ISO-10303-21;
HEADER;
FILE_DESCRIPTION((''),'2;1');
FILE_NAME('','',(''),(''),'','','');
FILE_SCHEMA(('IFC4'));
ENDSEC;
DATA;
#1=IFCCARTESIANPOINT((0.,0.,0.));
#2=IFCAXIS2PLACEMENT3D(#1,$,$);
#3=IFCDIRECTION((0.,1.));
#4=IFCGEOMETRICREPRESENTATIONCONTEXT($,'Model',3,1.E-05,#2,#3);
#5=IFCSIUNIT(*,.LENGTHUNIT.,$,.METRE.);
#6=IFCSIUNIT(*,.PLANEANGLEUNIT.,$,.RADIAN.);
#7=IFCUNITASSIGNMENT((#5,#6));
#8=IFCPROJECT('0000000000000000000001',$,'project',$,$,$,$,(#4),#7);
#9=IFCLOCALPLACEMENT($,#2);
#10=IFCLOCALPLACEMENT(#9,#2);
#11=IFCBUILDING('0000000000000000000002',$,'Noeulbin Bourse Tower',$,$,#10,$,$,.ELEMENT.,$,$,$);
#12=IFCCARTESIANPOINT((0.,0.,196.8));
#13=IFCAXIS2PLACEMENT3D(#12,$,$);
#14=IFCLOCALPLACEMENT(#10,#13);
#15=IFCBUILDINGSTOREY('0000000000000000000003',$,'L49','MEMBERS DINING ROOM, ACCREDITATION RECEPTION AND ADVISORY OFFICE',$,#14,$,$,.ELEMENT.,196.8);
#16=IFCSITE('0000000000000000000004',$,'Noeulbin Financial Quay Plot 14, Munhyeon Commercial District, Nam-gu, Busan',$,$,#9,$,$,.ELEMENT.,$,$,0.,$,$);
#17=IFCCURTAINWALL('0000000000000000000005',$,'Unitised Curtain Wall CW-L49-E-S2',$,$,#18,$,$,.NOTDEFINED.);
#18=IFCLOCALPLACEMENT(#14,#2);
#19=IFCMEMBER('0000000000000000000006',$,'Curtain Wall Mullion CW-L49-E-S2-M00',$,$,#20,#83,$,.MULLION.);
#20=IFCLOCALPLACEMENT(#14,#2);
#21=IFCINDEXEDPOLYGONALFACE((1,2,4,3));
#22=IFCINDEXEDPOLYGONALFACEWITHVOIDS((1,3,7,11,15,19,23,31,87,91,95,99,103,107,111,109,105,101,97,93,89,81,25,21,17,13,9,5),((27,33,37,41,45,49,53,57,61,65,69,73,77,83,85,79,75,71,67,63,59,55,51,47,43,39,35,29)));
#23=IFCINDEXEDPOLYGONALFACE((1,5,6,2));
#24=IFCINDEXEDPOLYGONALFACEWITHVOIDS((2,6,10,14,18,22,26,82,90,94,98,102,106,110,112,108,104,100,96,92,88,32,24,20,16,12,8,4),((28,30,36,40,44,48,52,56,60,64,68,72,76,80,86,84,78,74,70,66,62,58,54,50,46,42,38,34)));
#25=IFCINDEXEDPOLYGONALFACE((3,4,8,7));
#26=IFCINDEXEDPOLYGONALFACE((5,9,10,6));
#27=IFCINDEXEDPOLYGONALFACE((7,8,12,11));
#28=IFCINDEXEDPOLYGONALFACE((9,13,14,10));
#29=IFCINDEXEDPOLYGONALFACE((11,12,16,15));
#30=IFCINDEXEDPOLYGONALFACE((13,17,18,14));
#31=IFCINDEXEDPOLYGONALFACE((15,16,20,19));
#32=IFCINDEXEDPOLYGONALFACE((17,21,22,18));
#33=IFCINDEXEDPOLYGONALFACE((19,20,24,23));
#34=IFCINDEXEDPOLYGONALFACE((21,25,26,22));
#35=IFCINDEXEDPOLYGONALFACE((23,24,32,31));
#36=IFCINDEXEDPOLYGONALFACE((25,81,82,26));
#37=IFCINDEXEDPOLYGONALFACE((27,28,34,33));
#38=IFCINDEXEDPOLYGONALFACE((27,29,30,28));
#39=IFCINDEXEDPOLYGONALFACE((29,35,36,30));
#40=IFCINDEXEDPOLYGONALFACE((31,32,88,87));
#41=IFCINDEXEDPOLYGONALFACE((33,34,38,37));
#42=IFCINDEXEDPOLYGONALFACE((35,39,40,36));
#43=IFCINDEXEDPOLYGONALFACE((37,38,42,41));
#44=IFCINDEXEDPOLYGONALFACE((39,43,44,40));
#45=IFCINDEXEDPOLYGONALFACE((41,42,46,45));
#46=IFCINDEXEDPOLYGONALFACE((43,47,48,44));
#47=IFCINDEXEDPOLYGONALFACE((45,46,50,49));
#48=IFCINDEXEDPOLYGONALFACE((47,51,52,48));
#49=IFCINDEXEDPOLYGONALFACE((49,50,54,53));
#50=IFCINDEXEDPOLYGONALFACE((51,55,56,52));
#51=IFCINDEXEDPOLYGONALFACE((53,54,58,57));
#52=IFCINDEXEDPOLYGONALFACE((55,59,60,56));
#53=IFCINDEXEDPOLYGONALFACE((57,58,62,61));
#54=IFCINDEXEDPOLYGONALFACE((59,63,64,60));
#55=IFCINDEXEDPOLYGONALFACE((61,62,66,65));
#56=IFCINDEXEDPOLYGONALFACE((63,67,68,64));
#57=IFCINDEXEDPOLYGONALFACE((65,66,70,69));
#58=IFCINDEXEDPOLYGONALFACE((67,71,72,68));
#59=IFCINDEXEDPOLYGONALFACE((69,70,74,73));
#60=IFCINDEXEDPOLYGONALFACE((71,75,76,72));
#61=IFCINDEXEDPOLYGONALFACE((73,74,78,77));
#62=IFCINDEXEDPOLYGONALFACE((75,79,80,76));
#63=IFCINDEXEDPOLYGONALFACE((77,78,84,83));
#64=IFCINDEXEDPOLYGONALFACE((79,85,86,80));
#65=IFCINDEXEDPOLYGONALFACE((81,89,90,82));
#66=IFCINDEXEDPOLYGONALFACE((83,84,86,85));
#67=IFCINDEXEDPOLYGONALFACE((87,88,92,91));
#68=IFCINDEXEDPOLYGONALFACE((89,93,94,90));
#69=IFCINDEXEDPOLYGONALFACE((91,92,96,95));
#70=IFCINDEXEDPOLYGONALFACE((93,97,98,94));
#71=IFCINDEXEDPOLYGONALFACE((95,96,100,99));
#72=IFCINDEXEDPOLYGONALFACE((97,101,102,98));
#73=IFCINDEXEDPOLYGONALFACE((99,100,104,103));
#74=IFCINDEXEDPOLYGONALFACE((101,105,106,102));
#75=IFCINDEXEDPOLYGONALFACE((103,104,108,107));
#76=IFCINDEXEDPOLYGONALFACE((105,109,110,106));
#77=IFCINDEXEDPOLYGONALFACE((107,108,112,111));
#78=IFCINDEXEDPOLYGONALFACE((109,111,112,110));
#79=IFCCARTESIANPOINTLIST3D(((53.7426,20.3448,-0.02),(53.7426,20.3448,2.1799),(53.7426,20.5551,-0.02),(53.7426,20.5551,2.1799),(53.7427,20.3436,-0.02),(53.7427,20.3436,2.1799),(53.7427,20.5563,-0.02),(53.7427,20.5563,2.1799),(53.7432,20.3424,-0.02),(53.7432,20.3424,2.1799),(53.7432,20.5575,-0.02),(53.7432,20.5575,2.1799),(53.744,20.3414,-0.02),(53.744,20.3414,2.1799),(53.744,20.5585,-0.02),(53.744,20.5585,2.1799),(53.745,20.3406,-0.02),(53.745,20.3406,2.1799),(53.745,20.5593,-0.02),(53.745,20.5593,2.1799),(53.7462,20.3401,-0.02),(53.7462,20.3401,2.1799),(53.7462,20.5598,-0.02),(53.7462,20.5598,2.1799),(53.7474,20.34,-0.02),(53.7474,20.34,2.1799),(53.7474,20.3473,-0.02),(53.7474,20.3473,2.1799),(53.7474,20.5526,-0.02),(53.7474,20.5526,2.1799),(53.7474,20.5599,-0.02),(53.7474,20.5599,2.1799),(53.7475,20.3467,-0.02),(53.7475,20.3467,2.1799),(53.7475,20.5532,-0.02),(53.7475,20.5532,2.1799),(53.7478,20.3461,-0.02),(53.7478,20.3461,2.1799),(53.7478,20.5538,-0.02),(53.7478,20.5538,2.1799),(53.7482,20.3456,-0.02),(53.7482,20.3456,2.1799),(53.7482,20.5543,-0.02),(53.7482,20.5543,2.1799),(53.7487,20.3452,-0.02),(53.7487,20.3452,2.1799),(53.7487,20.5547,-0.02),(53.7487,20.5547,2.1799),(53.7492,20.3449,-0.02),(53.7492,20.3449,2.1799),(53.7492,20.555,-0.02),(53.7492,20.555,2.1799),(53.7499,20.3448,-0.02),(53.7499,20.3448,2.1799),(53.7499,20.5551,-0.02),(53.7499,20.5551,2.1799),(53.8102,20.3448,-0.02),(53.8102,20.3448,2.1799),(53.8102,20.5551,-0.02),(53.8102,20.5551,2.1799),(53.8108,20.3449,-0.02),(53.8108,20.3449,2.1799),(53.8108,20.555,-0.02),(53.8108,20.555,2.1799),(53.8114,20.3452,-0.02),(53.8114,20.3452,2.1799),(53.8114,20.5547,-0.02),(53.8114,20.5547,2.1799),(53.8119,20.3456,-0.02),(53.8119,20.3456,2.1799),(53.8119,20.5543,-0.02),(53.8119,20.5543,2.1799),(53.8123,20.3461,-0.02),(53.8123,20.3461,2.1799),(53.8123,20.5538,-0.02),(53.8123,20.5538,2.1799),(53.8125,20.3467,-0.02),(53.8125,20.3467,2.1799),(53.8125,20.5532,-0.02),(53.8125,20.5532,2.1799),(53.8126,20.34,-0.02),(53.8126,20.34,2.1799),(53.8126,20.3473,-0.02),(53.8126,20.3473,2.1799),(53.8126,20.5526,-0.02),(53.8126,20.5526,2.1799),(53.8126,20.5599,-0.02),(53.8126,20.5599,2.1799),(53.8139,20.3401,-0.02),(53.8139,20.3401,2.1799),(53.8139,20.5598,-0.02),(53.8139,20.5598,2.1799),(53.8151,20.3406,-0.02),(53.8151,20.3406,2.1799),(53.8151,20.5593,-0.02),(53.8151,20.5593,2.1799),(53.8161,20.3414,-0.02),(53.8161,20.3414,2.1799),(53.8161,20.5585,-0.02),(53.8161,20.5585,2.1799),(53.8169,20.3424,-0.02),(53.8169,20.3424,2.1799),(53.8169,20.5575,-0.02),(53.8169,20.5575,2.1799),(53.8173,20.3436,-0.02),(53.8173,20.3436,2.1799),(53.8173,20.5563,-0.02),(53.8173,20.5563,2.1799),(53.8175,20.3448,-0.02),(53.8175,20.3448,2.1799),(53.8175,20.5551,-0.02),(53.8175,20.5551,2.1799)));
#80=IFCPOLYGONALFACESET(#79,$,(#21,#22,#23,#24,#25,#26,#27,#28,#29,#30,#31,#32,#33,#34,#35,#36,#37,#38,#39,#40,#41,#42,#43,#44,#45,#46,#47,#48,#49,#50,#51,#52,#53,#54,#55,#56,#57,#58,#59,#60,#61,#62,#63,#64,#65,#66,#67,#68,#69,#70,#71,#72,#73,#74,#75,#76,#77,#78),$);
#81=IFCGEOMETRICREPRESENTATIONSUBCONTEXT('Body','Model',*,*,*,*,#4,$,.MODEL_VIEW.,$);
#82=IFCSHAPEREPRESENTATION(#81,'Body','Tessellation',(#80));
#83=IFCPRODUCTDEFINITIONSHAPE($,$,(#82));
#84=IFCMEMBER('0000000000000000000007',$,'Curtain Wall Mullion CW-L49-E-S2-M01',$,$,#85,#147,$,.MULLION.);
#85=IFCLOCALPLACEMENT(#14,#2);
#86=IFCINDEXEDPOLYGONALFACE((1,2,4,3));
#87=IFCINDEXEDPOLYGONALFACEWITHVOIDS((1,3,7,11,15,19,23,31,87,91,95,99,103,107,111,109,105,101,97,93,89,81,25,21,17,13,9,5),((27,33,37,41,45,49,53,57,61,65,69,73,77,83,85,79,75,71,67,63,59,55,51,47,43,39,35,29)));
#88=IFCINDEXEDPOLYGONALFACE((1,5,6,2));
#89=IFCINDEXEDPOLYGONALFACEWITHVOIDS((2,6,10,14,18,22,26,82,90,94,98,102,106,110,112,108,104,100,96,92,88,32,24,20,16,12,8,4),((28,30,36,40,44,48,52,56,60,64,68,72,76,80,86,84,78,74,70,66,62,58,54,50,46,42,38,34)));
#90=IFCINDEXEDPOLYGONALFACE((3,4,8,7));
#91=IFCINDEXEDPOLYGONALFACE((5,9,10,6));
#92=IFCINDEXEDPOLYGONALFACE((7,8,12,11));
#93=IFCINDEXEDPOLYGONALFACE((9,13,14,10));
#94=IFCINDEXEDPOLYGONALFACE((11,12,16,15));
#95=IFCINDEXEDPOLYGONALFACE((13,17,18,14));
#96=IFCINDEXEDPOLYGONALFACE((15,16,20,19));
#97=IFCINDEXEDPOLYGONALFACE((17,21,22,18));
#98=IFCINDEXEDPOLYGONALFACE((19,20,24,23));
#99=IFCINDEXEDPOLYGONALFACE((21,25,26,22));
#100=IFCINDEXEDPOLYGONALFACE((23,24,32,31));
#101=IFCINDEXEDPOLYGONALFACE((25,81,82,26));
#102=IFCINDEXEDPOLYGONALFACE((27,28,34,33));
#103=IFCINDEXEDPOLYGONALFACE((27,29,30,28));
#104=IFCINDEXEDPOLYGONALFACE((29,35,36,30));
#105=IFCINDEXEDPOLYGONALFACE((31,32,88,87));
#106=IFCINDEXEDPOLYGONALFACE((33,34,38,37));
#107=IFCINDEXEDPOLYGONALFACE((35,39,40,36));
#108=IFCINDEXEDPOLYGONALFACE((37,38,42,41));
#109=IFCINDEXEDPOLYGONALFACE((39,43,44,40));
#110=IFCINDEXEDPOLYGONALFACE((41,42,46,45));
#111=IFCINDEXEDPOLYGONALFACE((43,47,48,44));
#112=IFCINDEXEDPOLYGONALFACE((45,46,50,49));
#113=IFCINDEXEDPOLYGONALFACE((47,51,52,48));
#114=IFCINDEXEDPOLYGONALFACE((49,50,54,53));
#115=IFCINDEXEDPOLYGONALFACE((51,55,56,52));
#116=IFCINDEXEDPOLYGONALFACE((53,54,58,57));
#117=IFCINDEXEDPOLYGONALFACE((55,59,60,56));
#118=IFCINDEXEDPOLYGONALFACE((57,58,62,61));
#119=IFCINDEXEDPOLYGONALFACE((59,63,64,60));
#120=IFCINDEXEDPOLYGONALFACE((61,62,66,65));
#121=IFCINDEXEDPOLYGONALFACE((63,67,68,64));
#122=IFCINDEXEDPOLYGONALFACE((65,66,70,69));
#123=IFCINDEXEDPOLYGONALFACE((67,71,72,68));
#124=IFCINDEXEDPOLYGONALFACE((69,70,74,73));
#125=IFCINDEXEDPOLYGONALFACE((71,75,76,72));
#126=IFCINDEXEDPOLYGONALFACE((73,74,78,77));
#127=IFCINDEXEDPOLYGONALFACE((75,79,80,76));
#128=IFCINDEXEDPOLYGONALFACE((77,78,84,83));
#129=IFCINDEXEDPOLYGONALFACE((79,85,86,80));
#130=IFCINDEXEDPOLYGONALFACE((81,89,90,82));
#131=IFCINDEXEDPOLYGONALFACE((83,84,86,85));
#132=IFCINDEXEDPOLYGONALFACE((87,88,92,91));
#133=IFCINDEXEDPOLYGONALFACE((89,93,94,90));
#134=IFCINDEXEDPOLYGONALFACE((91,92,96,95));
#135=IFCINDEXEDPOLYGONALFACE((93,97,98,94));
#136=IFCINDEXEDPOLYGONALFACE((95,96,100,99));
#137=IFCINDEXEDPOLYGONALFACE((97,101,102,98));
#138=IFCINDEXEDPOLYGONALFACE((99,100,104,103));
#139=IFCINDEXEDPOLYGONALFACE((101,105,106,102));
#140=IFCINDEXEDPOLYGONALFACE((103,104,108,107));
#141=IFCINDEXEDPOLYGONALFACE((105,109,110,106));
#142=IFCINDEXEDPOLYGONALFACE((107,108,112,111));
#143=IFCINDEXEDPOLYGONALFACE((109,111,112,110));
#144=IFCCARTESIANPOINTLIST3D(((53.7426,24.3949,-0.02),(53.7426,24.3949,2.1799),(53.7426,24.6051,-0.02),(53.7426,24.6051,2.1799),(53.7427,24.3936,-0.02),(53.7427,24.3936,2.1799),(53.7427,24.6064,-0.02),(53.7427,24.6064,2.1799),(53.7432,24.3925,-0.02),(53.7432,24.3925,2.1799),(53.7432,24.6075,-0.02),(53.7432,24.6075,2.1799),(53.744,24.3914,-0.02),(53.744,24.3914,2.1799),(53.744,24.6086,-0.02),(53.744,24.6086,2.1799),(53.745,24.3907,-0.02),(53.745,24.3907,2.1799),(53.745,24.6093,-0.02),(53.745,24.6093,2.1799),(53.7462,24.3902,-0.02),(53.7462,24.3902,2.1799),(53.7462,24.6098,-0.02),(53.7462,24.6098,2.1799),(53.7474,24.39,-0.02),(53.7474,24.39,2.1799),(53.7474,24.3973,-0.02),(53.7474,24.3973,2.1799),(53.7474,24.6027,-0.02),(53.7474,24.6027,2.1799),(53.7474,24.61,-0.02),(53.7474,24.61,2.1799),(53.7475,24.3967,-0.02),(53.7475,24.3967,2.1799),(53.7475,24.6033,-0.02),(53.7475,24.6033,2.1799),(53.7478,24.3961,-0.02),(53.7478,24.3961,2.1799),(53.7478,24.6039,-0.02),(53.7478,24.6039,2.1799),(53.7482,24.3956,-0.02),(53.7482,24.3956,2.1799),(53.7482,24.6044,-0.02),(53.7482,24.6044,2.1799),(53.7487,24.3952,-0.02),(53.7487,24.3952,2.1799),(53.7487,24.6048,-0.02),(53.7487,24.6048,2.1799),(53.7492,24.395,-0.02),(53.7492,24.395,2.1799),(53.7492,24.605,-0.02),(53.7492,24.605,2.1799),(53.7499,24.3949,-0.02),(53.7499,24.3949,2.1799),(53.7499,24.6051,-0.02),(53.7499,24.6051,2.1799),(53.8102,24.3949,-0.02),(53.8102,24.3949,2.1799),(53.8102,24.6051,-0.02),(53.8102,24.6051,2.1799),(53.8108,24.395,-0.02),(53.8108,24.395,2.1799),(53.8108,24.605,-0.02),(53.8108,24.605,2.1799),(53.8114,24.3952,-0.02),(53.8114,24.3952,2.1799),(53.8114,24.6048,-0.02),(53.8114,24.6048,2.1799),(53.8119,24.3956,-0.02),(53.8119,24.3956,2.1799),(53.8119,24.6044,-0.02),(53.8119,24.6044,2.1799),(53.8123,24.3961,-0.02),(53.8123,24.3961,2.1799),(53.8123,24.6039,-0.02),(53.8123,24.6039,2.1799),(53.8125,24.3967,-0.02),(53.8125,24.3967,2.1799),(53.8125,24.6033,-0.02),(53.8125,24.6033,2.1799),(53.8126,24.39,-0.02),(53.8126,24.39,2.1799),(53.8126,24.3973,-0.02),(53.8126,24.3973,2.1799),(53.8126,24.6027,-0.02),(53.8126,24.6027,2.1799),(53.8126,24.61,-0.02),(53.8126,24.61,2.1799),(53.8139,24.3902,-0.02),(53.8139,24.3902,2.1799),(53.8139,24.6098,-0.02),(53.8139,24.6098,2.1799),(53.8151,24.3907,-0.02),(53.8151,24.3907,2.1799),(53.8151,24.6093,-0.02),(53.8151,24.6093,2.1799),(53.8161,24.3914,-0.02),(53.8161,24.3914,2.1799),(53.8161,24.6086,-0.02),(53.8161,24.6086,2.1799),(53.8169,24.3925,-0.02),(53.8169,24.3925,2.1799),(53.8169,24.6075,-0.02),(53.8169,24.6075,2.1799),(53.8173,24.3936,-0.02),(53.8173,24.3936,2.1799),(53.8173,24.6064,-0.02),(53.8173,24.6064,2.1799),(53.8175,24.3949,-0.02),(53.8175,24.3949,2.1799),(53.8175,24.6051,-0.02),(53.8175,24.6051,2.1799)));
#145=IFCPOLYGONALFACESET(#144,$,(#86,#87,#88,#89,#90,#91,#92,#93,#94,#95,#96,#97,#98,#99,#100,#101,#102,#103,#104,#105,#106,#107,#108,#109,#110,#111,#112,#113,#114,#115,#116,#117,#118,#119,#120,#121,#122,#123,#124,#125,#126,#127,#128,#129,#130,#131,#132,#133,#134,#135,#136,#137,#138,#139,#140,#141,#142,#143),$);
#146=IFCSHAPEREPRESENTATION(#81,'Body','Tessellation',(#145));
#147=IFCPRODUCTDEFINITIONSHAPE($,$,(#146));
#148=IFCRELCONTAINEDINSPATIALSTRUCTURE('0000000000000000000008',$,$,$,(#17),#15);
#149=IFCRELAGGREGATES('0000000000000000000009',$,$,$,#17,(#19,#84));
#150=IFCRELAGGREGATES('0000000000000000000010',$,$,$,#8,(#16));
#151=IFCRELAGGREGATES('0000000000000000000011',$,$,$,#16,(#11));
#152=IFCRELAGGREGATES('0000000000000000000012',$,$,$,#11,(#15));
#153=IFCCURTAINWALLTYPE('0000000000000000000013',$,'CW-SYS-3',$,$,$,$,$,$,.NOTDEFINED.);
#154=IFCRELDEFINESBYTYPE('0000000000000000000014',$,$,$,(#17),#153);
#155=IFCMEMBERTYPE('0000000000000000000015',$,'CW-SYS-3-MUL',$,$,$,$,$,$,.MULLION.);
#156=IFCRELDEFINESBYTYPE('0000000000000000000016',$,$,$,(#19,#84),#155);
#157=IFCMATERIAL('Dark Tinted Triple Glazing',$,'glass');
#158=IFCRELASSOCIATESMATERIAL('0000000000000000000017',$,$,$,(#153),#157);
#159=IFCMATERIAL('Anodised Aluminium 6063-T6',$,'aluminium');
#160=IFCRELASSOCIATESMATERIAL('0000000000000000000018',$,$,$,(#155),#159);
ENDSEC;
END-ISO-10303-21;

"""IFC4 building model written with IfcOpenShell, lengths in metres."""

from ifc_helpers import new_model, si_unit, direction, frame, origin, origin_2d, place, context, subcontext, project, spatial, hollow_rectangle, extrude, material, material_profile, profile_set, type_object, element, aggregate, save


model = new_model("IFC4")

# Units and contexts
model_context = context("Model", 3, precision=1e-05, world=origin(), true_north=direction((0.0, 1.0)))
body_context = subcontext(model_context, "Body", "Model", "MODEL_VIEW")
ifc_project = project(units=[si_unit("LENGTHUNIT", "METRE"), si_unit("PLANEANGLEUNIT", "RADIAN")], contexts=[model_context])

# Site, building, storey
site_placement = place(None, origin())
site = spatial("IfcSite", under=ifc_project, at=site_placement, Name="Noeulbin Financial Quay Plot 14, Munhyeon Commercial District, Nam-gu, Busan", CompositionType="ELEMENT", RefElevation=0.0)
building_placement = place(site_placement, origin())
building = spatial("IfcBuilding", under=site, at=building_placement, Name="Noeulbin Bourse Tower", CompositionType="ELEMENT")
storey_placement = place(building_placement, frame((0.0, 0.0, 196.8)))
storey = spatial("IfcBuildingStorey", under=building, at=storey_placement, Name="L49", Description="MEMBERS DINING ROOM, ACCREDITATION RECEPTION AND ADVISORY OFFICE", CompositionType="ELEMENT", Elevation=196.8)

# Curtain wall, members
ifc_material_1 = material(Name="Dark Tinted Triple Glazing", Category="glass")
curtain_wall_type = type_object("IfcCurtainWallType", Name="CW-SYS-3", PredefinedType="NOTDEFINED", material=ifc_material_1)
curtain_wall_1_placement = place(storey_placement, origin())
curtain_wall_1 = element("IfcCurtainWall", 1, at=curtain_wall_1_placement, inside=storey, type_object=curtain_wall_type, Name="Unitised Curtain Wall CW-L49-E-S2", PredefinedType="NOTDEFINED")
ifc_material_2 = material(Name="Anodised Aluminium 6063-T6", Category="aluminium")
ifc_material_profile_1 = material_profile(ifc_material_2, hollow_rectangle(XDim=0.075, YDim=0.22, WallThickness=0.0049, InnerFilletRadius=0.0024, OuterFilletRadius=0.0049, at=origin_2d()), Name="ALU-MULL-75x220x5", Category="LoadBearing")
ifc_profile_set_1 = profile_set([ifc_material_profile_1], Name="Anodised Aluminium 6063-T6")
member_type_1 = type_object("IfcMemberType", Name="CW-SYS-3-MUL", PredefinedType="MULLION", material=ifc_profile_set_1)
member_1_placement = place(storey_placement, frame((53.78, 20.45, -0.02), z_axis=(0.0, 0.0, 1.0), x_axis=(1.0, 0.0, 0.0)))
member_1 = element("IfcMember", 2, at=member_1_placement, type_object=member_type_1, Name="Curtain Wall Mullion CW-L49-E-S2-M00", PredefinedType="MULLION", context=body_context, shape_type="SweptSolid", body=[
    extrude(hollow_rectangle(XDim=0.075, YDim=0.22, WallThickness=0.0049, InnerFilletRadius=0.0024, OuterFilletRadius=0.0049, at=origin_2d()), origin(), (0.0, 0.0, 1.0), 2.2),
])
member_2_placement = place(storey_placement, frame((53.78, 24.5, -0.02), z_axis=(0.0, 0.0, 1.0), x_axis=(1.0, 0.0, 0.0)))
member_2 = element("IfcMember", 3, at=member_2_placement, type_object=member_type_1, Name="Curtain Wall Mullion CW-L49-E-S2-M01", PredefinedType="MULLION", context=body_context, shape_type="SweptSolid", body=[
    extrude(hollow_rectangle(XDim=0.075, YDim=0.22, WallThickness=0.0049, InnerFilletRadius=0.0024, OuterFilletRadius=0.0049, at=origin_2d()), origin(), (0.0, 0.0, 1.0), 2.2),
])

aggregate(curtain_wall_1, [member_1, member_2])

save(model, "model.ifc")
